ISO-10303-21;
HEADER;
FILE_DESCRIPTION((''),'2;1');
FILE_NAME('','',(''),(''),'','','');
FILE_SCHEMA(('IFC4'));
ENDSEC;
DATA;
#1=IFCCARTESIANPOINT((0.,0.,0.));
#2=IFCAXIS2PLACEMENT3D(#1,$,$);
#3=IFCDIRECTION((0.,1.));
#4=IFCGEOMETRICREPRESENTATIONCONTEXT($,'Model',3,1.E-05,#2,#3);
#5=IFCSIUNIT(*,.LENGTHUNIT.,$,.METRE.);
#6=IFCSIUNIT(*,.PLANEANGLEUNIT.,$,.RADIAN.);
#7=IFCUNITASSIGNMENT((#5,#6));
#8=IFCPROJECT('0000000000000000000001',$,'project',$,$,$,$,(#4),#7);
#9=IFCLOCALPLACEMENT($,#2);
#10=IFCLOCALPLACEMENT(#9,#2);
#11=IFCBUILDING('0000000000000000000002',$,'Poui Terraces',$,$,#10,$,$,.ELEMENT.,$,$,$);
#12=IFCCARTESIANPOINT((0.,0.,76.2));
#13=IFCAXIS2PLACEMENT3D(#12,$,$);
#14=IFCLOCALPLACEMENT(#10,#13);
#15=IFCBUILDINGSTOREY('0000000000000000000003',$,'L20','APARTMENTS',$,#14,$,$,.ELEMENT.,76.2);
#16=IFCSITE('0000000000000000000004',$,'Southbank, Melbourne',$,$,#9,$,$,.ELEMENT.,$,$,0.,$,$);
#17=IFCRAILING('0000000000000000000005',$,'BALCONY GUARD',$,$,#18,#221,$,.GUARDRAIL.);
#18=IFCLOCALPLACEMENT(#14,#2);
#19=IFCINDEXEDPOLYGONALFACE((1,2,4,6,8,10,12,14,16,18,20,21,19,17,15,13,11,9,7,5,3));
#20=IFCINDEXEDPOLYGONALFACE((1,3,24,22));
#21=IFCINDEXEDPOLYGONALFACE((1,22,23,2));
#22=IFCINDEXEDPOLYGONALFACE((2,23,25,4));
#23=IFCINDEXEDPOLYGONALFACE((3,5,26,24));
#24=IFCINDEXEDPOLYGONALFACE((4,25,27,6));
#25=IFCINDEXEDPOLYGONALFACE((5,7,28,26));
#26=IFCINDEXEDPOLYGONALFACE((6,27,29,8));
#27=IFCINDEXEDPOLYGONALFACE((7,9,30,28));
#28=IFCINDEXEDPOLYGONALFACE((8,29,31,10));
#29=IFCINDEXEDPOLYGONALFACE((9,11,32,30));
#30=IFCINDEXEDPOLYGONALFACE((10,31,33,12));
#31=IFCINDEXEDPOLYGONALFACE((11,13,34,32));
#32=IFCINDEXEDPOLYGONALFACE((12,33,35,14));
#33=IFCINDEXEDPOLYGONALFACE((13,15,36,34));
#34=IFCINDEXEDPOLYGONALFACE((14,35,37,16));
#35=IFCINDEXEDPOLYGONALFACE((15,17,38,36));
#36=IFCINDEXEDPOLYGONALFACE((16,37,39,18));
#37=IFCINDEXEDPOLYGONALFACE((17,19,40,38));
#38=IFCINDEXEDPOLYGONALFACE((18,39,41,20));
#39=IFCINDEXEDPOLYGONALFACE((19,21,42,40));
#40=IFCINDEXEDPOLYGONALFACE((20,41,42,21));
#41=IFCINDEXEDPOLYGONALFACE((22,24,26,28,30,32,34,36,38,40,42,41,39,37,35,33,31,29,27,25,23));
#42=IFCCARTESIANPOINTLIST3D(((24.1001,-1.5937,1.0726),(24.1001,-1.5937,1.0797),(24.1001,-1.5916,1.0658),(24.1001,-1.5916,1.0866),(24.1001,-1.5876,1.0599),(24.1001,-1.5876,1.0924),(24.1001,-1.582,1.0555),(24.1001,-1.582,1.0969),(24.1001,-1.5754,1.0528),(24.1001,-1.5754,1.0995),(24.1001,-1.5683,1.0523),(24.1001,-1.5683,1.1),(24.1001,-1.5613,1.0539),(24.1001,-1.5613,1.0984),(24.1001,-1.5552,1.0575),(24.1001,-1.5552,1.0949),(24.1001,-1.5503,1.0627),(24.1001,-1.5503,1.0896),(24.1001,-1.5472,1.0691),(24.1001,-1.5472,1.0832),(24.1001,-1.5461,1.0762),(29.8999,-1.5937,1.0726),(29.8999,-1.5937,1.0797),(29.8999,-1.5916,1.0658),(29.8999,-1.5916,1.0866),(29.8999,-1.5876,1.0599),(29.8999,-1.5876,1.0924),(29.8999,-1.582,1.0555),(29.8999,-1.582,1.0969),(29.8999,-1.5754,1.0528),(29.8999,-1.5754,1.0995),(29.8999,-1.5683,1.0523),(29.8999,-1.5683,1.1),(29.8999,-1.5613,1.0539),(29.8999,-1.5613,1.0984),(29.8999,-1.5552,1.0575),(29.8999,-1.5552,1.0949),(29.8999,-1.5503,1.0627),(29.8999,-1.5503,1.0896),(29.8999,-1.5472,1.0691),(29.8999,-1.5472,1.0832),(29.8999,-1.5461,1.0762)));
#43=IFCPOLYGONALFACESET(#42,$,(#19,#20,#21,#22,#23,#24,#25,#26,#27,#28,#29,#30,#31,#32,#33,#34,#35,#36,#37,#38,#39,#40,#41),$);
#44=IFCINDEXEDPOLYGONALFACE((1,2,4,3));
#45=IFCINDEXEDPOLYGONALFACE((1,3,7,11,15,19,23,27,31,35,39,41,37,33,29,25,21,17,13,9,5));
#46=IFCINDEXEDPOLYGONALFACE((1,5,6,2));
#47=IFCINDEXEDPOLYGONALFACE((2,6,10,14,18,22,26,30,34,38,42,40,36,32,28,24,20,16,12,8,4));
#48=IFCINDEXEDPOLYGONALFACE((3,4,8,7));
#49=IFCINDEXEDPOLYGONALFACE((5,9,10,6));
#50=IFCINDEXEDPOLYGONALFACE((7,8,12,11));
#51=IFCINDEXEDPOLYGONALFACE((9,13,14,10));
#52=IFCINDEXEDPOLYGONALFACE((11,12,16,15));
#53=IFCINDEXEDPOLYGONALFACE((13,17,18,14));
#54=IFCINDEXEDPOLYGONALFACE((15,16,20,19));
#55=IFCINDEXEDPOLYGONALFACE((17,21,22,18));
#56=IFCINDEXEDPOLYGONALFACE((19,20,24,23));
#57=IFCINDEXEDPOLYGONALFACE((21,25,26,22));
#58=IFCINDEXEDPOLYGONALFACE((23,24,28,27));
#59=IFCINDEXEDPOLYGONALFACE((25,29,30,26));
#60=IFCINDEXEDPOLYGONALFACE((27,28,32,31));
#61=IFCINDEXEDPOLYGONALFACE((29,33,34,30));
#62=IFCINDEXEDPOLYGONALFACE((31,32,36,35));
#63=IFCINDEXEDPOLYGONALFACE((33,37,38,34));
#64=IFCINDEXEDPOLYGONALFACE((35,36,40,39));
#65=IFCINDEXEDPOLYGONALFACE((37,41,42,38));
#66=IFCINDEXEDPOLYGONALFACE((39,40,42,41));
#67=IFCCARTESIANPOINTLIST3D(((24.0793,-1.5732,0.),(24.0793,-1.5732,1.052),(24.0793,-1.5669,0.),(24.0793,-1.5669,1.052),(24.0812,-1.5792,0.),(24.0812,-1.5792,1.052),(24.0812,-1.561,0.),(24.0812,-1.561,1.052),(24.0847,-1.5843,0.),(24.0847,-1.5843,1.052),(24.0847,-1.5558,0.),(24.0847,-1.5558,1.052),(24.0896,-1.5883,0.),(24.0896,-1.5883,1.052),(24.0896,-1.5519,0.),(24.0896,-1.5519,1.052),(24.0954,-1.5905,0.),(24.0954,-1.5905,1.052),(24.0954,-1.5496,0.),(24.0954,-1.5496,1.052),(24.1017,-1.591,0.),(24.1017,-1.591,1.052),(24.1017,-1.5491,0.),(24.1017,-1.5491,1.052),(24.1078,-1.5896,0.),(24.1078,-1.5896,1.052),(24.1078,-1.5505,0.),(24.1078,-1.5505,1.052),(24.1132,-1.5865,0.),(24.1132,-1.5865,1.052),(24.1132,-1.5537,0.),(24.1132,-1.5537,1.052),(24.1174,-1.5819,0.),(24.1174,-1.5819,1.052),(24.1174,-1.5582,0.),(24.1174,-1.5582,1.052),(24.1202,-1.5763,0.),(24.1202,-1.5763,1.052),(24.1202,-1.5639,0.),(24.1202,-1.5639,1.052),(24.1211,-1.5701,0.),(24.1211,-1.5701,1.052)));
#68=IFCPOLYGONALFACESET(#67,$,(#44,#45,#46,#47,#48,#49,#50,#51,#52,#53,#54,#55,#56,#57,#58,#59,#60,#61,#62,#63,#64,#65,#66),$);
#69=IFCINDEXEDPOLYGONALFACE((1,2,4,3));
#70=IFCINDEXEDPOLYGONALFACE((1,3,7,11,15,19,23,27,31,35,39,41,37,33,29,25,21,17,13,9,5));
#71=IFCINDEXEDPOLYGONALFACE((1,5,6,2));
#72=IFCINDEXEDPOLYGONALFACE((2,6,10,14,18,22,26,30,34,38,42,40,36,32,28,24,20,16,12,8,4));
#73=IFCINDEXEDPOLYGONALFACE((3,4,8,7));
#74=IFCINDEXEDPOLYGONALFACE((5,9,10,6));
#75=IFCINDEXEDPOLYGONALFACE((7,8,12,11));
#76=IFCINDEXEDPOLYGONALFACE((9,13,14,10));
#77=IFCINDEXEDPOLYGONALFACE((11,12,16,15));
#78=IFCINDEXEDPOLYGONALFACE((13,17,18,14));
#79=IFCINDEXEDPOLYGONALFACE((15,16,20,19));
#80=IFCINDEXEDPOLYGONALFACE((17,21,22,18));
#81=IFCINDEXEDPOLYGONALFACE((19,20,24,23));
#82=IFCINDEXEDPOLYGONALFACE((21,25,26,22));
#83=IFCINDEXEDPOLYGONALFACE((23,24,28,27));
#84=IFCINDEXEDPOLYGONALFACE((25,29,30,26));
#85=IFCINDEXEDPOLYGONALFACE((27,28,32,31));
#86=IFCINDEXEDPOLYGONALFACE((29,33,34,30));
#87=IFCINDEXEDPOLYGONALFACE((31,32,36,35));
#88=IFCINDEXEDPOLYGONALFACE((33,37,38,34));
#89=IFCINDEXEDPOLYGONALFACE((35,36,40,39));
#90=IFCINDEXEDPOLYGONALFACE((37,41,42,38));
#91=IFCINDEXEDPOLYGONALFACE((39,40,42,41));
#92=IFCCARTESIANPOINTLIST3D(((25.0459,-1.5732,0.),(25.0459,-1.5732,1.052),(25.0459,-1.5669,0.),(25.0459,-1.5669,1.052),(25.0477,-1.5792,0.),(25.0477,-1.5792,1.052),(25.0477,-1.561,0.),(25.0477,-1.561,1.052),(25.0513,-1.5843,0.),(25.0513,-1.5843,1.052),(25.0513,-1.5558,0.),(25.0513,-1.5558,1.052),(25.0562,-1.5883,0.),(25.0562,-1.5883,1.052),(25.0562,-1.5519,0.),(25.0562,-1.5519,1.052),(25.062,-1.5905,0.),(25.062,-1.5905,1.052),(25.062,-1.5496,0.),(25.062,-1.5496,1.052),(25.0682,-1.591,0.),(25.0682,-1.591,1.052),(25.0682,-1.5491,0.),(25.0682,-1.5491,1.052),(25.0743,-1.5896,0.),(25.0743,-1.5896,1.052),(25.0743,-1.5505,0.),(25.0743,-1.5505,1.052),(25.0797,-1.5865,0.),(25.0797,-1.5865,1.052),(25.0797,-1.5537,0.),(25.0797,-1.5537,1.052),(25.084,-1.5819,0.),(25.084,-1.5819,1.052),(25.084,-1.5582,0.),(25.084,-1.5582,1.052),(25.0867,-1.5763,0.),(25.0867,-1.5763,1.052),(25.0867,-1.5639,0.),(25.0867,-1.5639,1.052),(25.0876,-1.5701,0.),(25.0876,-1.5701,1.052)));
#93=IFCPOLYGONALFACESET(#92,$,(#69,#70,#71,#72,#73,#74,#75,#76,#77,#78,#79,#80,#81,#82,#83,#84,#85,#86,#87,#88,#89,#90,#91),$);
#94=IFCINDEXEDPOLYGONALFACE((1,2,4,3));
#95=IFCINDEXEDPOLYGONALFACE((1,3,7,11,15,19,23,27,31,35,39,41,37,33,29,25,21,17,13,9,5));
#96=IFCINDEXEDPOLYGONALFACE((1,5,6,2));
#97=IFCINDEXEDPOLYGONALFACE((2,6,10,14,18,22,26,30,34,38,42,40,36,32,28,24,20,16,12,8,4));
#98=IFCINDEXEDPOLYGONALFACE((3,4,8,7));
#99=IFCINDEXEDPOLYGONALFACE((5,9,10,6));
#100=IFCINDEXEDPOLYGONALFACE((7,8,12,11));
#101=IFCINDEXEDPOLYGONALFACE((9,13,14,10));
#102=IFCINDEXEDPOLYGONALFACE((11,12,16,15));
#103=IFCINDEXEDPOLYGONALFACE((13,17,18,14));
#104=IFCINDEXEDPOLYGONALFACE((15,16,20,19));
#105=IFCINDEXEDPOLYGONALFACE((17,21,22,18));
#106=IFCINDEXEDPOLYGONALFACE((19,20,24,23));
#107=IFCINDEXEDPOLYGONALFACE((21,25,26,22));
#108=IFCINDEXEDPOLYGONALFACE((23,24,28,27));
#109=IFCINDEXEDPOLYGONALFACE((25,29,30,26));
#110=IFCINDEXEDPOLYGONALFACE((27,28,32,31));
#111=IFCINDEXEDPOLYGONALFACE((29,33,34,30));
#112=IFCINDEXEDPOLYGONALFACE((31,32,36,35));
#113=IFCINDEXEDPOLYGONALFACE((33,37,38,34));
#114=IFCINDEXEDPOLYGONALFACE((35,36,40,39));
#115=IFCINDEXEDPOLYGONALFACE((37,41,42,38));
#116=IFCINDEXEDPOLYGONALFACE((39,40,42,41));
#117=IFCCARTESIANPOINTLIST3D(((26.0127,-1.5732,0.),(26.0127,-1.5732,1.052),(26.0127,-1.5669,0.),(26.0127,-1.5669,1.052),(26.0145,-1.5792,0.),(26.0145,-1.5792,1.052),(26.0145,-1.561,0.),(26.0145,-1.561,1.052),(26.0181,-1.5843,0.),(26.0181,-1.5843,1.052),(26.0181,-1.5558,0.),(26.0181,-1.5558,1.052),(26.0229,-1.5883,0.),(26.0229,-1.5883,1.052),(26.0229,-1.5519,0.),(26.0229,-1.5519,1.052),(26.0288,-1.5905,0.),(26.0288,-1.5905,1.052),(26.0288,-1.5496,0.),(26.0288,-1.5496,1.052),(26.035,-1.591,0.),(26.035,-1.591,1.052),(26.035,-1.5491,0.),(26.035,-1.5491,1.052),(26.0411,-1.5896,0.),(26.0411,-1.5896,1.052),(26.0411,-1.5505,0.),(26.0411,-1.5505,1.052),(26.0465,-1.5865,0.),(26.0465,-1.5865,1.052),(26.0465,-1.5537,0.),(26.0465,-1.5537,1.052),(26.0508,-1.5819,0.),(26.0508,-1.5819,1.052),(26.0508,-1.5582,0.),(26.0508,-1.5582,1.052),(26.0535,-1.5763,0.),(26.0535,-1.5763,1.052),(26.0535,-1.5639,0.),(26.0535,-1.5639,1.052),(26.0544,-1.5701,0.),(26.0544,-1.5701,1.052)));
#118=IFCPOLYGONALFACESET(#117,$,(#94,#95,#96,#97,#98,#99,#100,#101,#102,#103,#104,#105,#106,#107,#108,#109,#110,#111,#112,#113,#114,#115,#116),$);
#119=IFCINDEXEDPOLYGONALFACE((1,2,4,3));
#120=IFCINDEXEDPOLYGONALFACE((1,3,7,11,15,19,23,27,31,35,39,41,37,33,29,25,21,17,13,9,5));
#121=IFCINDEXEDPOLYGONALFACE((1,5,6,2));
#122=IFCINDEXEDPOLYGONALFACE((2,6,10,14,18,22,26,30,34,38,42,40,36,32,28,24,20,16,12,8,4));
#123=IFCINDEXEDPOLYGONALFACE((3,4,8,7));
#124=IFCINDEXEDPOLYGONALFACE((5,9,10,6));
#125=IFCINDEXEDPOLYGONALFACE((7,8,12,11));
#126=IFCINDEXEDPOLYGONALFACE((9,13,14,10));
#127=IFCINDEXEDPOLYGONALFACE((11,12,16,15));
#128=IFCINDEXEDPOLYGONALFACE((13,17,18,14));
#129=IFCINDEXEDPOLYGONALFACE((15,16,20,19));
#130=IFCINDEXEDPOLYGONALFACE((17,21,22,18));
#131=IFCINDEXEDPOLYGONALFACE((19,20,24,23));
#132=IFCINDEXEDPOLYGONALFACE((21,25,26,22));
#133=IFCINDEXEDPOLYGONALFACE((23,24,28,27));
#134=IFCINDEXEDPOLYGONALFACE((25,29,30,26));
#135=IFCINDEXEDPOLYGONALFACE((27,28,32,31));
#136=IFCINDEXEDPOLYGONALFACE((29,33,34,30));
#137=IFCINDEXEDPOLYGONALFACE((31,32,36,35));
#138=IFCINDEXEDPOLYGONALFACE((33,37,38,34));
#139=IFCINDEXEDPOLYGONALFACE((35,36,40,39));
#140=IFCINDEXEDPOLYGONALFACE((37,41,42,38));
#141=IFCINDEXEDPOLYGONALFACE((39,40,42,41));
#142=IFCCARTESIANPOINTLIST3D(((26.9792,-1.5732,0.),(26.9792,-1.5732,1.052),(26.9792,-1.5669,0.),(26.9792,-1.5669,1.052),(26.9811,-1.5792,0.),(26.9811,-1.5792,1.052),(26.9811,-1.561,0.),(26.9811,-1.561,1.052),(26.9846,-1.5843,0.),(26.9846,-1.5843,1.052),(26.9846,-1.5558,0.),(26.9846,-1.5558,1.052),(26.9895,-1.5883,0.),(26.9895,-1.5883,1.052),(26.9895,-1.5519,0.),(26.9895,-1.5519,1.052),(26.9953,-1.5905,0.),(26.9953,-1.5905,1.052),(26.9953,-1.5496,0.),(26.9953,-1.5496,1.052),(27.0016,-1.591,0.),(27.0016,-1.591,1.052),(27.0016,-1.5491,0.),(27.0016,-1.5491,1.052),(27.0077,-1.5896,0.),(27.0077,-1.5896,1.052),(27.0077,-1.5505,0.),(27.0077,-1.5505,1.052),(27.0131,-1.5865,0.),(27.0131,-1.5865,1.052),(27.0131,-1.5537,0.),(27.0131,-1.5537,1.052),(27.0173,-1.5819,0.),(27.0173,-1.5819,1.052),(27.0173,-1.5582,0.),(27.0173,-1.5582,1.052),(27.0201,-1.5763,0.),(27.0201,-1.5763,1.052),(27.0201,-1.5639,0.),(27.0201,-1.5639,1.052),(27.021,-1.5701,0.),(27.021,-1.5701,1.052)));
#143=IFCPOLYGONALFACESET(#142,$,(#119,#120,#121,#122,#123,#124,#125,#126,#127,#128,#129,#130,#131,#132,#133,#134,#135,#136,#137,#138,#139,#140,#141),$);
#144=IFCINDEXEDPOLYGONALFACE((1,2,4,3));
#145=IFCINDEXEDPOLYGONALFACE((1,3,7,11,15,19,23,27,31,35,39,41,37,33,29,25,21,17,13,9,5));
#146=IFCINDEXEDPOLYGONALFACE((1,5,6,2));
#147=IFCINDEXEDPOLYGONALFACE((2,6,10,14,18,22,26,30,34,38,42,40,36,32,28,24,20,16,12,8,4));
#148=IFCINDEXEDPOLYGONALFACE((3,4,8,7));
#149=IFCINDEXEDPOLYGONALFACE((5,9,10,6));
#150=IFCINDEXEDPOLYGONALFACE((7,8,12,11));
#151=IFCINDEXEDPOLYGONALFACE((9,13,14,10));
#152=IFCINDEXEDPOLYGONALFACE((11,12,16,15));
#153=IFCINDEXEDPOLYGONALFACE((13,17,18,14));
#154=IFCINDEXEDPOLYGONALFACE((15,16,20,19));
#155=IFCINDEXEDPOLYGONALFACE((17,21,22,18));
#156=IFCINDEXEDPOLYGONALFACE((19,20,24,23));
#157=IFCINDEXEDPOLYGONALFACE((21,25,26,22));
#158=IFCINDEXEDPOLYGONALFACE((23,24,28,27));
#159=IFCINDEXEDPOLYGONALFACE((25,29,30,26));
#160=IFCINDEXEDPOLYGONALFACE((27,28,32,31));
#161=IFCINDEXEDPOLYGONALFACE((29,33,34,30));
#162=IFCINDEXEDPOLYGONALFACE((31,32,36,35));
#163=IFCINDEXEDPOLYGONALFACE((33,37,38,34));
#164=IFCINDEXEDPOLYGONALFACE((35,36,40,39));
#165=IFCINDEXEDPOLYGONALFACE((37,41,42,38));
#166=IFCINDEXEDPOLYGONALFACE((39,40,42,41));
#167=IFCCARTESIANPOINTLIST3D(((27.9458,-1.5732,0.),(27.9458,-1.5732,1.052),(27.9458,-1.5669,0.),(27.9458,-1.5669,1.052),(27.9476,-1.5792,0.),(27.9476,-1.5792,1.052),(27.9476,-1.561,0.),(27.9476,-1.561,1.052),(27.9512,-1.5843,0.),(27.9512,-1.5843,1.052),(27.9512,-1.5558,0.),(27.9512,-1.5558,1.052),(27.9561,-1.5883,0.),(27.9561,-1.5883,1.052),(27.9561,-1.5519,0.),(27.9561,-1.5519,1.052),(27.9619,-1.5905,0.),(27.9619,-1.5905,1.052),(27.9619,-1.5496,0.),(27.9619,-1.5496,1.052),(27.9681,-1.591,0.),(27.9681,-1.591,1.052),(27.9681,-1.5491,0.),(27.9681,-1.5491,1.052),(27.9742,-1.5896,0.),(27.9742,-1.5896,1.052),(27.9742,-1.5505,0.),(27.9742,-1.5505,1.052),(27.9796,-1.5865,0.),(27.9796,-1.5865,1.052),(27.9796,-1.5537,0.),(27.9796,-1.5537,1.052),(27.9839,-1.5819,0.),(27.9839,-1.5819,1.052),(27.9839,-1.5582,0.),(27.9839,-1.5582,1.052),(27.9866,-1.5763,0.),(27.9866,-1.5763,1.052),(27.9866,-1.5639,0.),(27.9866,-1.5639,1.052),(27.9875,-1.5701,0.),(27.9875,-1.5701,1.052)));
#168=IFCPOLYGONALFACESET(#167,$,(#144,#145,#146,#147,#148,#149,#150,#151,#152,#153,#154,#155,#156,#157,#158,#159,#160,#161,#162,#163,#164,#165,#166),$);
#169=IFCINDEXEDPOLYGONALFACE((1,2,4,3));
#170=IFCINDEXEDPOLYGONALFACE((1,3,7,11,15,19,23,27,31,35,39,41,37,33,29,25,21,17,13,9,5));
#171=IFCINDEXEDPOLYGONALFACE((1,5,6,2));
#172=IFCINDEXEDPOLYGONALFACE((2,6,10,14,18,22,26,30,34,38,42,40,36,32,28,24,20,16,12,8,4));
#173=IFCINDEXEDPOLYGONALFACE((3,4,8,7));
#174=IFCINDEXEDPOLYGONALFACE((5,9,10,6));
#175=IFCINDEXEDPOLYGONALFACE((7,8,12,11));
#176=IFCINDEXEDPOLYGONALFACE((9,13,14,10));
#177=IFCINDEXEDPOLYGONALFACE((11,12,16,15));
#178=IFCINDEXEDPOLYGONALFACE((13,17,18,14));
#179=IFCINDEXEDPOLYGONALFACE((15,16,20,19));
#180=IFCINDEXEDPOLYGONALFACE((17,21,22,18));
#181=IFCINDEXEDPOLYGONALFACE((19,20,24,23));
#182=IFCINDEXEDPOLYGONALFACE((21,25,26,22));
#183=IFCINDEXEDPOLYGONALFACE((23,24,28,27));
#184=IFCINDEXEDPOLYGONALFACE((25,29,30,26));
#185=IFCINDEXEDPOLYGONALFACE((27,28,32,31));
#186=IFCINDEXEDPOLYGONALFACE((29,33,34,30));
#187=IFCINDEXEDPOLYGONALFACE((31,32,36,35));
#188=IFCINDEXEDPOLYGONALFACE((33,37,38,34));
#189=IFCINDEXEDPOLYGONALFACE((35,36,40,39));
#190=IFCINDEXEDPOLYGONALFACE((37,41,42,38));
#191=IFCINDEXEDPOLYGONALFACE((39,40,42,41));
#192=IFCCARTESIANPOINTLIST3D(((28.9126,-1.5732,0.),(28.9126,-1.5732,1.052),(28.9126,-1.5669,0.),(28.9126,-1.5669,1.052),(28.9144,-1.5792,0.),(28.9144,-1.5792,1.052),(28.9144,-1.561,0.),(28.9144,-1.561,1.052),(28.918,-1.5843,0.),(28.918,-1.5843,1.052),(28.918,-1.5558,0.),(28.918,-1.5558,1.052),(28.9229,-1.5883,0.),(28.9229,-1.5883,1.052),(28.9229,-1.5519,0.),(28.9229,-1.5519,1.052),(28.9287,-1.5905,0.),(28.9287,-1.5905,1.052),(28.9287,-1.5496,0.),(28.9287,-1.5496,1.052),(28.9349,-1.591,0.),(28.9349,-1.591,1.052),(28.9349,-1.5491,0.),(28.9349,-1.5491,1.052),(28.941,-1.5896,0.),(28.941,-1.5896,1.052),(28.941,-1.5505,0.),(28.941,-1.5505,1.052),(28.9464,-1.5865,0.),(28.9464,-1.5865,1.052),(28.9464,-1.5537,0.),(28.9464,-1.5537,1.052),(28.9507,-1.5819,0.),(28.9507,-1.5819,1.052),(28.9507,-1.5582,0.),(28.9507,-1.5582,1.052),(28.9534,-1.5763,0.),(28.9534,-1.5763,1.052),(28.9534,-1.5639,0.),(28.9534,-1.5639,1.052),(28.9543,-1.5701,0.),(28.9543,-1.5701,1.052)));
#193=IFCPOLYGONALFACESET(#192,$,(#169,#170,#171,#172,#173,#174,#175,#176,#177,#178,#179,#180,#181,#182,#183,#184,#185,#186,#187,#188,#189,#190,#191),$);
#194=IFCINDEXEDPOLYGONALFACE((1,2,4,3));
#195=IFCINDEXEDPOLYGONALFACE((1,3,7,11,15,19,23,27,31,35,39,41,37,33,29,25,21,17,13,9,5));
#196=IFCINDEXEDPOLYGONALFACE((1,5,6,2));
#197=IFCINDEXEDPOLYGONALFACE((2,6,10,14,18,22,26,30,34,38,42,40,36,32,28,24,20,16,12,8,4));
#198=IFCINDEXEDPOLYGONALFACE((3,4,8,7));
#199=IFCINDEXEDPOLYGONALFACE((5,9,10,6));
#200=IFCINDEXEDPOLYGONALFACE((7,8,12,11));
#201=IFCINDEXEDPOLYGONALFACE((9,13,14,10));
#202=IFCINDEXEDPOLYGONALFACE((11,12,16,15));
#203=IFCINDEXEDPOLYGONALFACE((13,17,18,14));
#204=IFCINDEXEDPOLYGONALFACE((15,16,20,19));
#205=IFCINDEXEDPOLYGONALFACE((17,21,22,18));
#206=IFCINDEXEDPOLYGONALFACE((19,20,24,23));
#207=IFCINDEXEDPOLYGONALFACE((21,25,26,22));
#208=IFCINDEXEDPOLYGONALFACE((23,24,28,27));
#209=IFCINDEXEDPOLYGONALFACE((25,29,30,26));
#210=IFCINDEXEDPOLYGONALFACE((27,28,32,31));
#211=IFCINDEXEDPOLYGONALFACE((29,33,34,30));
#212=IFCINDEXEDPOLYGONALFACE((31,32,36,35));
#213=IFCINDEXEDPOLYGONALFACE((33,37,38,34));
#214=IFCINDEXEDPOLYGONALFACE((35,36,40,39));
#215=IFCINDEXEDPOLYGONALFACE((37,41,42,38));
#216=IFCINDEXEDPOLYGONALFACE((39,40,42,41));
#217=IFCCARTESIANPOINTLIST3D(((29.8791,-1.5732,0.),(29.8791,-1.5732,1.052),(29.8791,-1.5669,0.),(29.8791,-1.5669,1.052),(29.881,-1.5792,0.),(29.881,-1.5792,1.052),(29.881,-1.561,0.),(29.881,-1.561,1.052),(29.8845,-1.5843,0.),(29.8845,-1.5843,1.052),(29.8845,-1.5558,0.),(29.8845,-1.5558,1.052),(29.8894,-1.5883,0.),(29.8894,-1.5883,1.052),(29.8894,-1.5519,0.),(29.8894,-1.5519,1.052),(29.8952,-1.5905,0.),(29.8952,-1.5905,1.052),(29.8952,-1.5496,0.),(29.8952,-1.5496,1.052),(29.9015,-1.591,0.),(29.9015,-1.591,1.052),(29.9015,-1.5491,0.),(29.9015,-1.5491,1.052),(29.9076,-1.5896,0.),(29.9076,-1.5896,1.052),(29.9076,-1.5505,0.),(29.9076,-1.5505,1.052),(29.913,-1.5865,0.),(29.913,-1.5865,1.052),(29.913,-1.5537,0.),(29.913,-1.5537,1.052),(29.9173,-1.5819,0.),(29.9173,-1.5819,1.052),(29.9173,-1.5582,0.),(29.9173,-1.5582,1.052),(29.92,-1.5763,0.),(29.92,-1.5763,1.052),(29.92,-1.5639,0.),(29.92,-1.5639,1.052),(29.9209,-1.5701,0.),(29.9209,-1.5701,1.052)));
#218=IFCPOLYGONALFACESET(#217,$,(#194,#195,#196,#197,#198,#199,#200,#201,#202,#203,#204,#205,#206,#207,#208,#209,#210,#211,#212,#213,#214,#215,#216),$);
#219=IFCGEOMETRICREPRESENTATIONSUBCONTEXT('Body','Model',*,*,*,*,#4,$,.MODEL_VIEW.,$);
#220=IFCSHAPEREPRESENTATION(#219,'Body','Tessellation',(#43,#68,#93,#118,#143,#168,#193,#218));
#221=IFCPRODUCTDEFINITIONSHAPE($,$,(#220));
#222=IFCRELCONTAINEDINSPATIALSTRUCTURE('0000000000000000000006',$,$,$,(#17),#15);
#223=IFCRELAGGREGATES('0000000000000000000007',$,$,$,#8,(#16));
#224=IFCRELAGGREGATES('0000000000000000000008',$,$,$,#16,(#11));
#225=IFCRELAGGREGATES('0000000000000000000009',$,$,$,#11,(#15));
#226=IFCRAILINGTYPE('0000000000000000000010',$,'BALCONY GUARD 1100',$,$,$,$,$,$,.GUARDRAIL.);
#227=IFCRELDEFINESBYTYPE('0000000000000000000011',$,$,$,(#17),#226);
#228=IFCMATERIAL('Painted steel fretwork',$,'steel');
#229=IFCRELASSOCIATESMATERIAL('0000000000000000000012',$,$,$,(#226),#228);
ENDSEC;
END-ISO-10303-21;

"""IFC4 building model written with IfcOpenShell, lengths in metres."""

from ifc_helpers import new_model, si_unit, direction, frame, origin, origin_2d, place, context, subcontext, project, spatial, circle, extrude, material, type_object, element, save


model = new_model("IFC4")

# Units and contexts
model_context = context("Model", 3, precision=1e-05, world=origin(), true_north=direction((0.0, 1.0)))
body_context = subcontext(model_context, "Body", "Model", "MODEL_VIEW")
ifc_project = project(units=[si_unit("LENGTHUNIT", "METRE"), si_unit("PLANEANGLEUNIT", "RADIAN")], contexts=[model_context])

# Site, building, storey
site_placement = place(None, origin())
site = spatial("IfcSite", under=ifc_project, at=site_placement, Name="Southbank, Melbourne", CompositionType="ELEMENT", RefElevation=0.0)
building_placement = place(site_placement, origin())
building = spatial("IfcBuilding", under=site, at=building_placement, Name="Poui Terraces", CompositionType="ELEMENT")
storey_placement = place(building_placement, frame((0.0, 0.0, 76.2)))
storey = spatial("IfcBuildingStorey", under=building, at=storey_placement, Name="L20", Description="APARTMENTS", CompositionType="ELEMENT", Elevation=76.2)

# Railing
ifc_material_1 = material(Name="Painted steel fretwork", Category="steel")
railing_type = type_object("IfcRailingType", Name="BALCONY GUARD 1100", PredefinedType="GUARDRAIL", material=ifc_material_1)
railing_placement = place(storey_placement, frame((24.1001, -1.5701, 0.0)))
element("IfcRailing", 1, at=railing_placement, inside=storey, type_object=railing_type, Name="BALCONY GUARD", PredefinedType="GUARDRAIL", context=body_context, shape_type="SweptSolid", body=[
    extrude(circle(Radius=0.0239, at=origin_2d()), frame((0.0, 0.0, 1.0762), z_axis=(1.0, 0.0, 0.0), x_axis=(0.0, 1.0, 0.0)), (0.0, 0.0, 1.0), 5.7998),
    extrude(circle(Radius=0.021, at=origin_2d()), origin(), (0.0, 0.0, 1.0), 1.052),
    extrude(circle(Radius=0.021, at=origin_2d()), frame((0.9666, 0.0, 0.0)), (0.0, 0.0, 1.0), 1.052),
    extrude(circle(Radius=0.021, at=origin_2d()), frame((1.9333, 0.0, 0.0)), (0.0, 0.0, 1.0), 1.052),
    extrude(circle(Radius=0.021, at=origin_2d()), frame((2.8999, 0.0, 0.0)), (0.0, 0.0, 1.0), 1.052),
    extrude(circle(Radius=0.021, at=origin_2d()), frame((3.8665, 0.0, 0.0)), (0.0, 0.0, 1.0), 1.052),
    extrude(circle(Radius=0.021, at=origin_2d()), frame((4.8333, 0.0, 0.0)), (0.0, 0.0, 1.0), 1.052),
    extrude(circle(Radius=0.021, at=origin_2d()), frame((5.7998, 0.0, 0.0)), (0.0, 0.0, 1.0), 1.052),
])

save(model, "model.ifc")
